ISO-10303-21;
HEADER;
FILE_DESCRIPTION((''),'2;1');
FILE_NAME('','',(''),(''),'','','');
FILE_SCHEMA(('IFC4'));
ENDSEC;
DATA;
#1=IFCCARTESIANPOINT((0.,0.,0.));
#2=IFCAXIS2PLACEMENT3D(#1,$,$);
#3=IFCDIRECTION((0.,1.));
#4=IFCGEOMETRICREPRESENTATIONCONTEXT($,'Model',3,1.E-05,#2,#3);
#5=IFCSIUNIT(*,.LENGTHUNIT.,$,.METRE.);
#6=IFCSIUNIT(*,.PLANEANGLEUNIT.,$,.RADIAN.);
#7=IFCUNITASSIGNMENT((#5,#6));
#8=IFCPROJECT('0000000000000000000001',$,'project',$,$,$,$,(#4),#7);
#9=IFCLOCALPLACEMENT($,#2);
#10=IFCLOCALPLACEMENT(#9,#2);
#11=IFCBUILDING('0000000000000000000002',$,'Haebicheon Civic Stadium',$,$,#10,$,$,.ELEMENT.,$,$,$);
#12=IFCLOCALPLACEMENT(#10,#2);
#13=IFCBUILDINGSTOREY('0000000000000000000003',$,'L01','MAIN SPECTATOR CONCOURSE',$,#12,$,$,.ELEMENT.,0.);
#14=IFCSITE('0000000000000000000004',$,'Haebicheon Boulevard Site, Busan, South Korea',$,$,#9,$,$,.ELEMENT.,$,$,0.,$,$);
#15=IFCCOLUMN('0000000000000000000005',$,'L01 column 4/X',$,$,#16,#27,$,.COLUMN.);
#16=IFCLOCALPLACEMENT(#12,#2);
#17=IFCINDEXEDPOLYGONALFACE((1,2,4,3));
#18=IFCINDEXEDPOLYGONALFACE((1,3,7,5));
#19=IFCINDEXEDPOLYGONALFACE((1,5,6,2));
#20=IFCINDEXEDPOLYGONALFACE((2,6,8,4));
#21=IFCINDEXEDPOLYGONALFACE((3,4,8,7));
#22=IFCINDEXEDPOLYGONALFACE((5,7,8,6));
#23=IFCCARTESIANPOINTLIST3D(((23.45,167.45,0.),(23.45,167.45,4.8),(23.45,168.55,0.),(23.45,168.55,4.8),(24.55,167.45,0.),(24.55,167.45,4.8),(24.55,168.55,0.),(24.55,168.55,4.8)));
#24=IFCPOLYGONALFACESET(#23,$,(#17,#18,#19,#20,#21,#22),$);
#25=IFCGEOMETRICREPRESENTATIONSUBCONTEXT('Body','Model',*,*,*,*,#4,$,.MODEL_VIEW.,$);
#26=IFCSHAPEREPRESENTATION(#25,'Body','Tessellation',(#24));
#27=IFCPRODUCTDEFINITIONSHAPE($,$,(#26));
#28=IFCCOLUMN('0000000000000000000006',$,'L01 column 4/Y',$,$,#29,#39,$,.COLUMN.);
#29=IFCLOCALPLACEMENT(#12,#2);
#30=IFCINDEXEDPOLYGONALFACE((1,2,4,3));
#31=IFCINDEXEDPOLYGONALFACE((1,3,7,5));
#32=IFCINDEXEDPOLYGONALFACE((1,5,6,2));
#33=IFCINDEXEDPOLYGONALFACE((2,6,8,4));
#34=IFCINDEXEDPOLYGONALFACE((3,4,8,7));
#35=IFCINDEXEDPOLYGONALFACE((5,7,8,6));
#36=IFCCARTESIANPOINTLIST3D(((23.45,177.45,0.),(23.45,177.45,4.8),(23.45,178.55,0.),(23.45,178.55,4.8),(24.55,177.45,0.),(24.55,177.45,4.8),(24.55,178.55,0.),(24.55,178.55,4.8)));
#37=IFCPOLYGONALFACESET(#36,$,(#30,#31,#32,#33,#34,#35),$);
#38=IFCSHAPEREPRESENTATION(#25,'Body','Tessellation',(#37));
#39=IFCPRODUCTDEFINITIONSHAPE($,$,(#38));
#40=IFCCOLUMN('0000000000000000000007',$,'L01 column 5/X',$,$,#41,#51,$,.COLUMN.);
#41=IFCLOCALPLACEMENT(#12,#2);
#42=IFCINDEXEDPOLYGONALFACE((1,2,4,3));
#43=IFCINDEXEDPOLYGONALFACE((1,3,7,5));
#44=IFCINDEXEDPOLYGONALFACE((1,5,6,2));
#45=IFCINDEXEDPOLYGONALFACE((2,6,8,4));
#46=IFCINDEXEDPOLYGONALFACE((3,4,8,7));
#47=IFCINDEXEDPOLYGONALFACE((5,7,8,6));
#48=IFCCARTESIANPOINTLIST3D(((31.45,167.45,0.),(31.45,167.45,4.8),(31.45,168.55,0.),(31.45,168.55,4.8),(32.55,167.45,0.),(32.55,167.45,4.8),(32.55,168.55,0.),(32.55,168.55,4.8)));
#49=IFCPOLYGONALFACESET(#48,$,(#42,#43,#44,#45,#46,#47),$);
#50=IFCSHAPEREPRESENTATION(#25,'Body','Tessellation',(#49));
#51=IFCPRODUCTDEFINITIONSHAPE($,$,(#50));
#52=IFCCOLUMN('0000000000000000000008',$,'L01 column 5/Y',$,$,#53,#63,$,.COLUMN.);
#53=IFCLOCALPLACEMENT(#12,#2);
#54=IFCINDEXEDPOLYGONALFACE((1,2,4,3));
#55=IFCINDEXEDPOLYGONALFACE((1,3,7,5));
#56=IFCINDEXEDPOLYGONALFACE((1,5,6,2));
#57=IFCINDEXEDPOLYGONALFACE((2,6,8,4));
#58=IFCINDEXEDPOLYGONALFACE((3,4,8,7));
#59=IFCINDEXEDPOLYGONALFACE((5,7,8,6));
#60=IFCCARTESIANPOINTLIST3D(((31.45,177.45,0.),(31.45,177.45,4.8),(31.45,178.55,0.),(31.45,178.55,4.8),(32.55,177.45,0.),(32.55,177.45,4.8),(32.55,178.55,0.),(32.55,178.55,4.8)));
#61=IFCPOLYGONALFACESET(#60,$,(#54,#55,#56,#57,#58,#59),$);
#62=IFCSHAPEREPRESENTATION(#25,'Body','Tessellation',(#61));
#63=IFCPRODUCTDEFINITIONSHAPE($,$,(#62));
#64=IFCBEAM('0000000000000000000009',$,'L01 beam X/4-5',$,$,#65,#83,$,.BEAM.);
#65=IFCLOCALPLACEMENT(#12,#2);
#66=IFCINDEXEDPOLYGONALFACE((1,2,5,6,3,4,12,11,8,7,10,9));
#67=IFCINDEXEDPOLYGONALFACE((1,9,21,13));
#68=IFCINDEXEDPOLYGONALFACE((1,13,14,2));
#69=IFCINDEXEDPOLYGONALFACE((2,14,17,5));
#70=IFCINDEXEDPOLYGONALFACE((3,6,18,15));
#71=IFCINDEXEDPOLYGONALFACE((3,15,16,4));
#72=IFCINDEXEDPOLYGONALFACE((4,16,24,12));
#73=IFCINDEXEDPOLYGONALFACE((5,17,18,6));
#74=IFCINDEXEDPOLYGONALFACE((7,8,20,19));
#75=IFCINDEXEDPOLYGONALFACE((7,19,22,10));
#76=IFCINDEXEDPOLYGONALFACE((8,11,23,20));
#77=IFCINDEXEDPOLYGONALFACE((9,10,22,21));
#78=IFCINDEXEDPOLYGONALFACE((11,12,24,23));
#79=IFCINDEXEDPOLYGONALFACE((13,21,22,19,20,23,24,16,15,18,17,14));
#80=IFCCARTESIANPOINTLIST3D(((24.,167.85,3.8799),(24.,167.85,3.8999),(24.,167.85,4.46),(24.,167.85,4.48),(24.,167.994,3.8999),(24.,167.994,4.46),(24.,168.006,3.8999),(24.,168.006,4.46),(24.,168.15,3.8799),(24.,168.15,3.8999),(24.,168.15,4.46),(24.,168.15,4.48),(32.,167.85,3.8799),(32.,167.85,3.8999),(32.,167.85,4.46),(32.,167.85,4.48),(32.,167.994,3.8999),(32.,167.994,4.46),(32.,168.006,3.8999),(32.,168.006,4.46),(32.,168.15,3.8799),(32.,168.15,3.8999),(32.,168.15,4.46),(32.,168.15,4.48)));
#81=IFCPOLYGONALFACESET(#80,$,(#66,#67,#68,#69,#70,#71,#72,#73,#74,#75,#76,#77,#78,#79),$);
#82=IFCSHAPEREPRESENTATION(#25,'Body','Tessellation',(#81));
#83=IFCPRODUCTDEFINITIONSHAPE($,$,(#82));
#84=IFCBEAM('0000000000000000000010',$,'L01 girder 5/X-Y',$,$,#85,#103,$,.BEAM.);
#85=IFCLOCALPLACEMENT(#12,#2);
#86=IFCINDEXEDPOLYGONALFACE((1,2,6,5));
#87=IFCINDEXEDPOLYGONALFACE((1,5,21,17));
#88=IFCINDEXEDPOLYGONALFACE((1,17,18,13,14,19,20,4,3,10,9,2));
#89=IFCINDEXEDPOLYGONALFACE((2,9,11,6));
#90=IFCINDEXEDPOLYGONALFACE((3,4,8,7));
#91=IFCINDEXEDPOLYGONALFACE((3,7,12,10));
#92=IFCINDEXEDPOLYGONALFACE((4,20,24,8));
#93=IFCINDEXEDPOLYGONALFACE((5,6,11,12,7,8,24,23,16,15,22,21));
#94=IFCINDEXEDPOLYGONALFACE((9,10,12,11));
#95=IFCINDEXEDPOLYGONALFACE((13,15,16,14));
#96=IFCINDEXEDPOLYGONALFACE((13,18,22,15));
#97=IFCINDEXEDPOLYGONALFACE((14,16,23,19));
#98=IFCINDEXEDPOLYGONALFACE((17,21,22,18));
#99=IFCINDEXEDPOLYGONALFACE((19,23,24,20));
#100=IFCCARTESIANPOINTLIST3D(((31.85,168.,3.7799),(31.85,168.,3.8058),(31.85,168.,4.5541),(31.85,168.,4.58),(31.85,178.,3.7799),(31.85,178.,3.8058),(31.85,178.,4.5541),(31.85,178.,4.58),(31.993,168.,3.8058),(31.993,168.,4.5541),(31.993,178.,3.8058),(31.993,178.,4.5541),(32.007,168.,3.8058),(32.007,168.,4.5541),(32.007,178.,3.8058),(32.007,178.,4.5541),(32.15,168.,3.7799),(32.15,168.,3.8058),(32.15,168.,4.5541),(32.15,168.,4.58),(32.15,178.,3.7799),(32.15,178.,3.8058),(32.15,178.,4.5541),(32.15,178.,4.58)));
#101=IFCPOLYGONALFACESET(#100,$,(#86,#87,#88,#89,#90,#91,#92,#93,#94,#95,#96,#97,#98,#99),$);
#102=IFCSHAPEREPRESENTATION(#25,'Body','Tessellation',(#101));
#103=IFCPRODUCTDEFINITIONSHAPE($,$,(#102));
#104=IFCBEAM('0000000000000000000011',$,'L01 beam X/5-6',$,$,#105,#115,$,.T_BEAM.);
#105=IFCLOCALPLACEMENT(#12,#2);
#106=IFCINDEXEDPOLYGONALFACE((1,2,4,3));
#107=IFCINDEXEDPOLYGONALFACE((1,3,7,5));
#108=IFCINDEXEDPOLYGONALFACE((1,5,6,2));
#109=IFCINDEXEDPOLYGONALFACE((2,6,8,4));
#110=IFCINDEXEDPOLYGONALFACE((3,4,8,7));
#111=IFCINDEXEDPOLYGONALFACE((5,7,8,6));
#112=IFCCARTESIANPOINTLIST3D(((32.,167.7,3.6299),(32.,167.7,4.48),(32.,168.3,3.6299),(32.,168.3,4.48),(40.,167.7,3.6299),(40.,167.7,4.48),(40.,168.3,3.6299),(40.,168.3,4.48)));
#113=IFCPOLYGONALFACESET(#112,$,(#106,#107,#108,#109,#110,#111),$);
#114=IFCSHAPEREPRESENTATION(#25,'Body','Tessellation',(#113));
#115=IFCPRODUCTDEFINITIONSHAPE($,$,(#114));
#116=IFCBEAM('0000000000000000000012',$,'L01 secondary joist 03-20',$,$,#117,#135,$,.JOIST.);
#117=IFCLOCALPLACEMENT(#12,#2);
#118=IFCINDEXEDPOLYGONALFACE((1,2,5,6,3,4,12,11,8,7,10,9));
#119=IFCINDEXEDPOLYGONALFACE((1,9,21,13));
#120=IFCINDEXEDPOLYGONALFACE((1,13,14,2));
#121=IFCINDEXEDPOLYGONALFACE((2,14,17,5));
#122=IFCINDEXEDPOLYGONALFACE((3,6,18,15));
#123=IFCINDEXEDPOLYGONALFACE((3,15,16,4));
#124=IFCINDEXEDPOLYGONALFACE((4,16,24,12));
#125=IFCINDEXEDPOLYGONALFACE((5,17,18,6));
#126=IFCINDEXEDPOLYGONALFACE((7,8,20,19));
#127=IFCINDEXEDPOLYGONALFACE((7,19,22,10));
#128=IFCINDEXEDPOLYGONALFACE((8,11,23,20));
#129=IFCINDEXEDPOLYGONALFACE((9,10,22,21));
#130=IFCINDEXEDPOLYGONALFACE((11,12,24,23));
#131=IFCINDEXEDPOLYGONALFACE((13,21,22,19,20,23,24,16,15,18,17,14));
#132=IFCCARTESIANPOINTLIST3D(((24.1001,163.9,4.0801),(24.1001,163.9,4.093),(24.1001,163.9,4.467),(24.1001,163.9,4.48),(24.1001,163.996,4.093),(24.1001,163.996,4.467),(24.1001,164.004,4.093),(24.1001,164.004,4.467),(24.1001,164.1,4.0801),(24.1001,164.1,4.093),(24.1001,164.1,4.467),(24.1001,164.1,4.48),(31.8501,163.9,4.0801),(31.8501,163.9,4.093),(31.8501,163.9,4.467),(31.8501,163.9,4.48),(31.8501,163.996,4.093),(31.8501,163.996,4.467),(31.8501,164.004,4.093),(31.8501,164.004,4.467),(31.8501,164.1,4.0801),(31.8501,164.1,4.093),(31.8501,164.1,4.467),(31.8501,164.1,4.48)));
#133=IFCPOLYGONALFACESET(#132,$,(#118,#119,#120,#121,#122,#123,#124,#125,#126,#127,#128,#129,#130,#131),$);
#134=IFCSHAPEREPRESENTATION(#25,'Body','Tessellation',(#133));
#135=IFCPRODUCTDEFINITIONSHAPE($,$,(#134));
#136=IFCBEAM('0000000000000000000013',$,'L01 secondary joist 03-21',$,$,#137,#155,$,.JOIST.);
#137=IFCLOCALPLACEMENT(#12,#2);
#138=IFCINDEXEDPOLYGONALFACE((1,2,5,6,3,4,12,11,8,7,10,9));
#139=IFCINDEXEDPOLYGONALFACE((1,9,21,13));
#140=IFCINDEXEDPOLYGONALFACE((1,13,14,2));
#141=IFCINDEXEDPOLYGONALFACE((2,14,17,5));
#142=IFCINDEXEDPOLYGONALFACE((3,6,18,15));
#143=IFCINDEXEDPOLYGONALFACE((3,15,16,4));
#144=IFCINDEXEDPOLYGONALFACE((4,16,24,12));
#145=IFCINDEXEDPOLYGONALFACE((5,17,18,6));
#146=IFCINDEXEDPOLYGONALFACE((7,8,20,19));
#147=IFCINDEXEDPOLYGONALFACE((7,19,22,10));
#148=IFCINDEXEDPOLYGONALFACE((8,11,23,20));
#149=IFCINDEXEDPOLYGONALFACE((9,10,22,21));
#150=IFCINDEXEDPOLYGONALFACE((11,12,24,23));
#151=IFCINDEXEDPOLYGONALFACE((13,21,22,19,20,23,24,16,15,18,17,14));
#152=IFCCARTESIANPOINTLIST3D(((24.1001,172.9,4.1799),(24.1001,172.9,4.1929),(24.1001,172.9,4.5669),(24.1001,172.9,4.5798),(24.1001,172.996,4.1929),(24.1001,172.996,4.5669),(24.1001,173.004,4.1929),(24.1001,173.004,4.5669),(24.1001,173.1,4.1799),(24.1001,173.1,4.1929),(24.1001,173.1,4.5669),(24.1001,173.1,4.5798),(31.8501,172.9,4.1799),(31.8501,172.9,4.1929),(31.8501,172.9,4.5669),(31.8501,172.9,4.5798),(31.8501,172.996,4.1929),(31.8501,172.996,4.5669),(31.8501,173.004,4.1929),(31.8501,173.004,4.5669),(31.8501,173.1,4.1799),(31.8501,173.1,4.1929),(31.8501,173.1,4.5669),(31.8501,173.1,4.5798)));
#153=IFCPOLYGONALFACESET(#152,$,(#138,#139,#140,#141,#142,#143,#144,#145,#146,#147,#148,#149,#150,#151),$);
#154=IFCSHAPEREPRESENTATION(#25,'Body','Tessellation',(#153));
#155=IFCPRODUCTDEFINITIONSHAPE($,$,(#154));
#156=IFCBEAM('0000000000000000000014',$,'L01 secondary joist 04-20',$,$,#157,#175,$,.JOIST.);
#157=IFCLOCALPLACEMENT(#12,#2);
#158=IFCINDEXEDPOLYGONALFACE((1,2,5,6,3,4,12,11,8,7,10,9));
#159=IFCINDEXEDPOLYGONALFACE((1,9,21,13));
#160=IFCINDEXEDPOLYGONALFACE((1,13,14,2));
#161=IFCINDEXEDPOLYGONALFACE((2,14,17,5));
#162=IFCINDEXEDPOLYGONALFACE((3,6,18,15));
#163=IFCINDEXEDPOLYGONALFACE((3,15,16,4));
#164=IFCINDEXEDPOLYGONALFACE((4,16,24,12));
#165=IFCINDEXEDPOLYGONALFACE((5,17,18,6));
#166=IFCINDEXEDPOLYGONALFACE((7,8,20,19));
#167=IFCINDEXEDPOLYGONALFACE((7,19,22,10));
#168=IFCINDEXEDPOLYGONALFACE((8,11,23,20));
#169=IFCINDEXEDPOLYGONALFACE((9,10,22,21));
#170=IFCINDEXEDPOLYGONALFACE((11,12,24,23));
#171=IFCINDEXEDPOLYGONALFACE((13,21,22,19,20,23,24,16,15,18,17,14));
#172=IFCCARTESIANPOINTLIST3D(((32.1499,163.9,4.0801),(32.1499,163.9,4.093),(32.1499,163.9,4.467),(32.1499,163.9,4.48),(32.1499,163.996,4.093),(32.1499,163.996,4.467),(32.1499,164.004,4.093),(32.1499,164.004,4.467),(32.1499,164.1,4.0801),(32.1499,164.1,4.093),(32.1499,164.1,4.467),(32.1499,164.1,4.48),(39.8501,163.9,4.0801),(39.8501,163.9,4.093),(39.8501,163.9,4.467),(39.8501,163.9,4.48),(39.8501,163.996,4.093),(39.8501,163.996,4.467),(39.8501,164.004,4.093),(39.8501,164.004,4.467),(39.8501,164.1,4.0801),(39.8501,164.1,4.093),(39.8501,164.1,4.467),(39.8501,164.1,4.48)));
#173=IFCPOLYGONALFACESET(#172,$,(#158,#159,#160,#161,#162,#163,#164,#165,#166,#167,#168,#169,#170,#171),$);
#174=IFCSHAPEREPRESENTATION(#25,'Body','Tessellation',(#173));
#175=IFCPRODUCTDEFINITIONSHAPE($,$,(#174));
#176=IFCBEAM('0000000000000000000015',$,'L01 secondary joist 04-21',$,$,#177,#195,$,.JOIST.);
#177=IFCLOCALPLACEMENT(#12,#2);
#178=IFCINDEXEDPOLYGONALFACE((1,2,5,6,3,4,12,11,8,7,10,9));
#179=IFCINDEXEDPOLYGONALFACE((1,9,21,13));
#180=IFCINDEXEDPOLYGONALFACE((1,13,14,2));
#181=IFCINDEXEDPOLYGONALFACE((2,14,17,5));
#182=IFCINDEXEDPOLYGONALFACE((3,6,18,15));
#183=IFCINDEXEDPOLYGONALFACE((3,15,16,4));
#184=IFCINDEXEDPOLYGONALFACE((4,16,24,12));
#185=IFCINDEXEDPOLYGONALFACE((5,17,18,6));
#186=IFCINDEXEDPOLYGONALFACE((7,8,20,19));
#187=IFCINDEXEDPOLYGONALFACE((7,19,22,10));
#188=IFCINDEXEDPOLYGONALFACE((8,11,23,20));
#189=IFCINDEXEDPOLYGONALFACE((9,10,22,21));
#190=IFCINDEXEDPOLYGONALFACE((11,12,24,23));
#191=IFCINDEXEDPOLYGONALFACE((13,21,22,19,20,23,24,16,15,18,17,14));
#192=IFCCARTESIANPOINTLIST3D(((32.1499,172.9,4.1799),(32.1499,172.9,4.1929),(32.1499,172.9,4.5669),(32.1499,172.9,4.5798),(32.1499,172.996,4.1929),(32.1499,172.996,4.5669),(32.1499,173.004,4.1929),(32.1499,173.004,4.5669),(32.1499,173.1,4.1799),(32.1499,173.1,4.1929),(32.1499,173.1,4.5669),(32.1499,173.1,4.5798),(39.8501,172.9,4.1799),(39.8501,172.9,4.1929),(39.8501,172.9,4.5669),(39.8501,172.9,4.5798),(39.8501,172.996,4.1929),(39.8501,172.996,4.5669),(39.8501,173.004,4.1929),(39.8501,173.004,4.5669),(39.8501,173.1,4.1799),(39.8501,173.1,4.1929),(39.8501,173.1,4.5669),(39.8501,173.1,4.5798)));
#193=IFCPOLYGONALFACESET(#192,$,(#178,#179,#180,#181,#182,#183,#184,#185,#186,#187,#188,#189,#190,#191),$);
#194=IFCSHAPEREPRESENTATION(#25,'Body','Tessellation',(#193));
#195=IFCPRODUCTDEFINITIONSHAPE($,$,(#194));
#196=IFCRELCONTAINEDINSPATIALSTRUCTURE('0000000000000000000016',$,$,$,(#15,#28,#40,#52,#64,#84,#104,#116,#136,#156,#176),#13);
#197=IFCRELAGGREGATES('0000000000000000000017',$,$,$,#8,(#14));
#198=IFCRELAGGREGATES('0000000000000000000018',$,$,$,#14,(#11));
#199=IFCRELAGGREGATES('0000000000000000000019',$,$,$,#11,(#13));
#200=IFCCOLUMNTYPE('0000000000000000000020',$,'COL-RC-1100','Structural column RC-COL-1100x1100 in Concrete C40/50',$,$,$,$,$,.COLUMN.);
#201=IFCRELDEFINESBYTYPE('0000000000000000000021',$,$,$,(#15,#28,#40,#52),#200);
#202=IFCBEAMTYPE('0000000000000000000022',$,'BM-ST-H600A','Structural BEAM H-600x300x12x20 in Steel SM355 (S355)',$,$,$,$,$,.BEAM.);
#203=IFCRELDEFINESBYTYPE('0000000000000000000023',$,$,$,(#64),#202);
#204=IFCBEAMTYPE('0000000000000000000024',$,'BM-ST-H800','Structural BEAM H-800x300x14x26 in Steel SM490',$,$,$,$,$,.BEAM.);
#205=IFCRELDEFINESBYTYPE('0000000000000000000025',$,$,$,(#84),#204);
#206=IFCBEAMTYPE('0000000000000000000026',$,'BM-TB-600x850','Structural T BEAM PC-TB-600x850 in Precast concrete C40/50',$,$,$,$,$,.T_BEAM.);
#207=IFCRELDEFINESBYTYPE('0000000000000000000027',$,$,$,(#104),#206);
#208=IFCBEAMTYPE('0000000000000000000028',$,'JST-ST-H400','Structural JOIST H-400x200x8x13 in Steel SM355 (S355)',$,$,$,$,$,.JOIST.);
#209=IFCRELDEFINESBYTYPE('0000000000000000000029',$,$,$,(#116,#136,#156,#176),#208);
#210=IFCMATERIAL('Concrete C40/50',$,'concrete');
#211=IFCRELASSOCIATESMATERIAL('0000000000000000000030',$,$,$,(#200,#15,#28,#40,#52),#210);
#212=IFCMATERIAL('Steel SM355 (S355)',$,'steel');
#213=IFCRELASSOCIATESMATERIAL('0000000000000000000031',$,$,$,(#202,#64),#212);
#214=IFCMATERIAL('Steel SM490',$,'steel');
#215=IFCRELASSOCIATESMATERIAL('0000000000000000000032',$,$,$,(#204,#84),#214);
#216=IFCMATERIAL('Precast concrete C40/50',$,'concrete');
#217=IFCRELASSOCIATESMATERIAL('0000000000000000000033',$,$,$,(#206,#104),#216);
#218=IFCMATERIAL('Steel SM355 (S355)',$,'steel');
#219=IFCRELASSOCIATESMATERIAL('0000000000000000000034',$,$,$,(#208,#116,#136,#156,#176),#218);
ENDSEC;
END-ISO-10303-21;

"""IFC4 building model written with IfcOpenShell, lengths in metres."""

from ifc_helpers import new_model, si_unit, direction, frame, origin, origin_2d, place, context, subcontext, project, spatial, rectangle, i_section, extrude, material, material_profile, profile_set, type_object, element, save


model = new_model("IFC4")

# Units and contexts
model_context = context("Model", 3, precision=1e-05, world=origin(), true_north=direction((0.0, 1.0)))
body_context = subcontext(model_context, "Body", "Model", "MODEL_VIEW")
ifc_project = project(units=[si_unit("LENGTHUNIT", "METRE"), si_unit("PLANEANGLEUNIT", "RADIAN")], contexts=[model_context])

# Site, building, storey
site_placement = place(None, origin())
site = spatial("IfcSite", under=ifc_project, at=site_placement, Name="Haebicheon Boulevard Site, Busan, South Korea", CompositionType="ELEMENT", RefElevation=0.0)
building_placement = place(site_placement, origin())
building = spatial("IfcBuilding", under=site, at=building_placement, Name="Haebicheon Civic Stadium", CompositionType="ELEMENT")
storey_placement = place(building_placement, origin())
storey = spatial("IfcBuildingStorey", under=building, at=storey_placement, Name="L01", Description="MAIN SPECTATOR CONCOURSE", CompositionType="ELEMENT", Elevation=0.0)

# Columns
ifc_material_1 = material(Name="Concrete C40/50", Category="concrete")
ifc_material_profile_1 = material_profile(ifc_material_1, rectangle(XDim=1.1001, YDim=1.1001, at=origin_2d()), Name="RC-COL-1100x1100")
ifc_profile_set_1 = profile_set([ifc_material_profile_1], Name="Concrete C40/50")
column_type = type_object("IfcColumnType", Name="COL-RC-1100", Description="Structural column RC-COL-1100x1100 in Concrete C40/50", PredefinedType="COLUMN", material=ifc_profile_set_1)
for number, where, z_axis, x_axis, name in (
    (1, (24.0, 168.0, 0.0), (0.0, 0.0, 1.0), (1.0, 0.0, 0.0), "L01 column 4/X"),
    (2, (24.0, 178.0, 0.0), (0.0, 0.0, 1.0), (1.0, 0.0, 0.0), "L01 column 4/Y"),
    (3, (32.0, 168.0, 0.0), (0.0, 0.0, 1.0), (1.0, 0.0, 0.0), "L01 column 5/X"),
    (4, (32.0, 178.0, 0.0), (0.0, 0.0, 1.0), (1.0, 0.0, 0.0), "L01 column 5/Y"),
):
    element("IfcColumn", number, at=place(storey_placement, frame(where, z_axis=z_axis, x_axis=x_axis)), inside=storey, type_object=column_type, material=ifc_profile_set_1, Name=name, PredefinedType="COLUMN", context=body_context, shape_type="SweptSolid", body=[
        extrude(rectangle(XDim=1.1001, YDim=1.1001, at=origin_2d()), origin(), (0.0, 0.0, 1.0), 4.8),
    ])

# Beams
ifc_material_2 = material(Name="Steel SM355 (S355)", Category="steel")
ifc_material_profile_2 = material_profile(ifc_material_2, i_section(OverallWidth=0.3, OverallDepth=0.6001, WebThickness=0.012, FlangeThickness=0.02, at=origin_2d()), Name="H-600x300x12x20")
ifc_profile_set_2 = profile_set([ifc_material_profile_2], Name="Steel SM355 (S355)")
beam_type_1 = type_object("IfcBeamType", Name="BM-ST-H600A", Description="Structural BEAM H-600x300x12x20 in Steel SM355 (S355)", PredefinedType="BEAM", material=ifc_profile_set_2)
beam_1_placement = place(storey_placement, frame((24.0, 168.0, 4.1799), z_axis=(1.0, 0.0, 0.0), x_axis=(0.0, 1.0, 0.0)))
element("IfcBeam", 5, at=beam_1_placement, inside=storey, type_object=beam_type_1, material=ifc_profile_set_2, Name="L01 beam X/4-5", PredefinedType="BEAM", context=body_context, shape_type="SweptSolid", body=[
    extrude(i_section(OverallWidth=0.3, OverallDepth=0.6001, WebThickness=0.012, FlangeThickness=0.02, at=origin_2d()), origin(), (0.0, 0.0, 1.0), 8.0),
])
ifc_material_3 = material(Name="Steel SM490", Category="steel")
ifc_material_profile_3 = material_profile(ifc_material_3, i_section(OverallWidth=0.3, OverallDepth=0.8, WebThickness=0.0139, FlangeThickness=0.0259, at=origin_2d()), Name="H-800x300x14x26")
ifc_profile_set_3 = profile_set([ifc_material_profile_3], Name="Steel SM490")
beam_type_2 = type_object("IfcBeamType", Name="BM-ST-H800", Description="Structural BEAM H-800x300x14x26 in Steel SM490", PredefinedType="BEAM", material=ifc_profile_set_3)
beam_2_placement = place(storey_placement, frame((32.0, 168.0, 4.1799), z_axis=(0.0, 1.0, 0.0), x_axis=(-1.0, 0.0, 0.0)))
element("IfcBeam", 6, at=beam_2_placement, inside=storey, type_object=beam_type_2, material=ifc_profile_set_3, Name="L01 girder 5/X-Y", PredefinedType="BEAM", context=body_context, shape_type="SweptSolid", body=[
    extrude(i_section(OverallWidth=0.3, OverallDepth=0.8, WebThickness=0.0139, FlangeThickness=0.0259, at=origin_2d()), origin(), (0.0, 0.0, 1.0), 10.0),
])
ifc_material_4 = material(Name="Precast concrete C40/50", Category="concrete")
ifc_material_profile_4 = material_profile(ifc_material_4, rectangle(XDim=0.6001, YDim=0.8501, at=origin_2d()), Name="PC-TB-600x850")
ifc_profile_set_4 = profile_set([ifc_material_profile_4], Name="Precast concrete C40/50")
beam_type_3 = type_object("IfcBeamType", Name="BM-TB-600x850", Description="Structural T BEAM PC-TB-600x850 in Precast concrete C40/50", PredefinedType="T_BEAM", material=ifc_profile_set_4)
beam_3_placement = place(storey_placement, frame((32.0, 168.0, 4.0549), z_axis=(1.0, 0.0, 0.0), x_axis=(0.0, 1.0, 0.0)))
element("IfcBeam", 7, at=beam_3_placement, inside=storey, type_object=beam_type_3, material=ifc_profile_set_4, Name="L01 beam X/5-6", PredefinedType="T_BEAM", context=body_context, shape_type="SweptSolid", body=[
    extrude(rectangle(XDim=0.6001, YDim=0.8501, at=origin_2d()), origin(), (0.0, 0.0, 1.0), 8.0),
])
ifc_material_5 = material(Name="Steel SM355 (S355)", Category="steel")
ifc_material_profile_5 = material_profile(ifc_material_5, i_section(OverallWidth=0.2, OverallDepth=0.3999, WebThickness=0.0081, FlangeThickness=0.0129, at=origin_2d()), Name="H-400x200x8x13")
ifc_profile_set_5 = profile_set([ifc_material_profile_5], Name="Steel SM355 (S355)")
beam_type_4 = type_object("IfcBeamType", Name="JST-ST-H400", Description="Structural JOIST H-400x200x8x13 in Steel SM355 (S355)", PredefinedType="JOIST", material=ifc_profile_set_5)
for number, where, z_axis, x_axis, name in (
    (8, (24.1001, 164.0, 4.28), (1.0, 0.0, 0.0), (0.0, 1.0, 0.0), "L01 secondary joist 03-20"),
    (9, (24.1001, 173.0, 4.3799), (1.0, 0.0, 0.0), (0.0, 1.0, 0.0), "L01 secondary joist 03-21"),
):
    element("IfcBeam", number, at=place(storey_placement, frame(where, z_axis=z_axis, x_axis=x_axis)), inside=storey, type_object=beam_type_4, material=ifc_profile_set_5, Name=name, PredefinedType="JOIST", context=body_context, shape_type="SweptSolid", body=[
        extrude(i_section(OverallWidth=0.2, OverallDepth=0.3999, WebThickness=0.0081, FlangeThickness=0.0129, at=origin_2d()), origin(), (0.0, 0.0, 1.0), 7.75),
    ])
for number, where, z_axis, x_axis, name in (
    (10, (32.1499, 164.0, 4.28), (1.0, 0.0, 0.0), (0.0, 1.0, 0.0), "L01 secondary joist 04-20"),
    (11, (32.1499, 173.0, 4.3799), (1.0, 0.0, 0.0), (0.0, 1.0, 0.0), "L01 secondary joist 04-21"),
):
    element("IfcBeam", number, at=place(storey_placement, frame(where, z_axis=z_axis, x_axis=x_axis)), inside=storey, type_object=beam_type_4, material=ifc_profile_set_5, Name=name, PredefinedType="JOIST", context=body_context, shape_type="SweptSolid", body=[
        extrude(i_section(OverallWidth=0.2, OverallDepth=0.3999, WebThickness=0.0081, FlangeThickness=0.0129, at=origin_2d()), origin(), (0.0, 0.0, 1.0), 7.7002),
    ])

save(model, "model.ifc")
